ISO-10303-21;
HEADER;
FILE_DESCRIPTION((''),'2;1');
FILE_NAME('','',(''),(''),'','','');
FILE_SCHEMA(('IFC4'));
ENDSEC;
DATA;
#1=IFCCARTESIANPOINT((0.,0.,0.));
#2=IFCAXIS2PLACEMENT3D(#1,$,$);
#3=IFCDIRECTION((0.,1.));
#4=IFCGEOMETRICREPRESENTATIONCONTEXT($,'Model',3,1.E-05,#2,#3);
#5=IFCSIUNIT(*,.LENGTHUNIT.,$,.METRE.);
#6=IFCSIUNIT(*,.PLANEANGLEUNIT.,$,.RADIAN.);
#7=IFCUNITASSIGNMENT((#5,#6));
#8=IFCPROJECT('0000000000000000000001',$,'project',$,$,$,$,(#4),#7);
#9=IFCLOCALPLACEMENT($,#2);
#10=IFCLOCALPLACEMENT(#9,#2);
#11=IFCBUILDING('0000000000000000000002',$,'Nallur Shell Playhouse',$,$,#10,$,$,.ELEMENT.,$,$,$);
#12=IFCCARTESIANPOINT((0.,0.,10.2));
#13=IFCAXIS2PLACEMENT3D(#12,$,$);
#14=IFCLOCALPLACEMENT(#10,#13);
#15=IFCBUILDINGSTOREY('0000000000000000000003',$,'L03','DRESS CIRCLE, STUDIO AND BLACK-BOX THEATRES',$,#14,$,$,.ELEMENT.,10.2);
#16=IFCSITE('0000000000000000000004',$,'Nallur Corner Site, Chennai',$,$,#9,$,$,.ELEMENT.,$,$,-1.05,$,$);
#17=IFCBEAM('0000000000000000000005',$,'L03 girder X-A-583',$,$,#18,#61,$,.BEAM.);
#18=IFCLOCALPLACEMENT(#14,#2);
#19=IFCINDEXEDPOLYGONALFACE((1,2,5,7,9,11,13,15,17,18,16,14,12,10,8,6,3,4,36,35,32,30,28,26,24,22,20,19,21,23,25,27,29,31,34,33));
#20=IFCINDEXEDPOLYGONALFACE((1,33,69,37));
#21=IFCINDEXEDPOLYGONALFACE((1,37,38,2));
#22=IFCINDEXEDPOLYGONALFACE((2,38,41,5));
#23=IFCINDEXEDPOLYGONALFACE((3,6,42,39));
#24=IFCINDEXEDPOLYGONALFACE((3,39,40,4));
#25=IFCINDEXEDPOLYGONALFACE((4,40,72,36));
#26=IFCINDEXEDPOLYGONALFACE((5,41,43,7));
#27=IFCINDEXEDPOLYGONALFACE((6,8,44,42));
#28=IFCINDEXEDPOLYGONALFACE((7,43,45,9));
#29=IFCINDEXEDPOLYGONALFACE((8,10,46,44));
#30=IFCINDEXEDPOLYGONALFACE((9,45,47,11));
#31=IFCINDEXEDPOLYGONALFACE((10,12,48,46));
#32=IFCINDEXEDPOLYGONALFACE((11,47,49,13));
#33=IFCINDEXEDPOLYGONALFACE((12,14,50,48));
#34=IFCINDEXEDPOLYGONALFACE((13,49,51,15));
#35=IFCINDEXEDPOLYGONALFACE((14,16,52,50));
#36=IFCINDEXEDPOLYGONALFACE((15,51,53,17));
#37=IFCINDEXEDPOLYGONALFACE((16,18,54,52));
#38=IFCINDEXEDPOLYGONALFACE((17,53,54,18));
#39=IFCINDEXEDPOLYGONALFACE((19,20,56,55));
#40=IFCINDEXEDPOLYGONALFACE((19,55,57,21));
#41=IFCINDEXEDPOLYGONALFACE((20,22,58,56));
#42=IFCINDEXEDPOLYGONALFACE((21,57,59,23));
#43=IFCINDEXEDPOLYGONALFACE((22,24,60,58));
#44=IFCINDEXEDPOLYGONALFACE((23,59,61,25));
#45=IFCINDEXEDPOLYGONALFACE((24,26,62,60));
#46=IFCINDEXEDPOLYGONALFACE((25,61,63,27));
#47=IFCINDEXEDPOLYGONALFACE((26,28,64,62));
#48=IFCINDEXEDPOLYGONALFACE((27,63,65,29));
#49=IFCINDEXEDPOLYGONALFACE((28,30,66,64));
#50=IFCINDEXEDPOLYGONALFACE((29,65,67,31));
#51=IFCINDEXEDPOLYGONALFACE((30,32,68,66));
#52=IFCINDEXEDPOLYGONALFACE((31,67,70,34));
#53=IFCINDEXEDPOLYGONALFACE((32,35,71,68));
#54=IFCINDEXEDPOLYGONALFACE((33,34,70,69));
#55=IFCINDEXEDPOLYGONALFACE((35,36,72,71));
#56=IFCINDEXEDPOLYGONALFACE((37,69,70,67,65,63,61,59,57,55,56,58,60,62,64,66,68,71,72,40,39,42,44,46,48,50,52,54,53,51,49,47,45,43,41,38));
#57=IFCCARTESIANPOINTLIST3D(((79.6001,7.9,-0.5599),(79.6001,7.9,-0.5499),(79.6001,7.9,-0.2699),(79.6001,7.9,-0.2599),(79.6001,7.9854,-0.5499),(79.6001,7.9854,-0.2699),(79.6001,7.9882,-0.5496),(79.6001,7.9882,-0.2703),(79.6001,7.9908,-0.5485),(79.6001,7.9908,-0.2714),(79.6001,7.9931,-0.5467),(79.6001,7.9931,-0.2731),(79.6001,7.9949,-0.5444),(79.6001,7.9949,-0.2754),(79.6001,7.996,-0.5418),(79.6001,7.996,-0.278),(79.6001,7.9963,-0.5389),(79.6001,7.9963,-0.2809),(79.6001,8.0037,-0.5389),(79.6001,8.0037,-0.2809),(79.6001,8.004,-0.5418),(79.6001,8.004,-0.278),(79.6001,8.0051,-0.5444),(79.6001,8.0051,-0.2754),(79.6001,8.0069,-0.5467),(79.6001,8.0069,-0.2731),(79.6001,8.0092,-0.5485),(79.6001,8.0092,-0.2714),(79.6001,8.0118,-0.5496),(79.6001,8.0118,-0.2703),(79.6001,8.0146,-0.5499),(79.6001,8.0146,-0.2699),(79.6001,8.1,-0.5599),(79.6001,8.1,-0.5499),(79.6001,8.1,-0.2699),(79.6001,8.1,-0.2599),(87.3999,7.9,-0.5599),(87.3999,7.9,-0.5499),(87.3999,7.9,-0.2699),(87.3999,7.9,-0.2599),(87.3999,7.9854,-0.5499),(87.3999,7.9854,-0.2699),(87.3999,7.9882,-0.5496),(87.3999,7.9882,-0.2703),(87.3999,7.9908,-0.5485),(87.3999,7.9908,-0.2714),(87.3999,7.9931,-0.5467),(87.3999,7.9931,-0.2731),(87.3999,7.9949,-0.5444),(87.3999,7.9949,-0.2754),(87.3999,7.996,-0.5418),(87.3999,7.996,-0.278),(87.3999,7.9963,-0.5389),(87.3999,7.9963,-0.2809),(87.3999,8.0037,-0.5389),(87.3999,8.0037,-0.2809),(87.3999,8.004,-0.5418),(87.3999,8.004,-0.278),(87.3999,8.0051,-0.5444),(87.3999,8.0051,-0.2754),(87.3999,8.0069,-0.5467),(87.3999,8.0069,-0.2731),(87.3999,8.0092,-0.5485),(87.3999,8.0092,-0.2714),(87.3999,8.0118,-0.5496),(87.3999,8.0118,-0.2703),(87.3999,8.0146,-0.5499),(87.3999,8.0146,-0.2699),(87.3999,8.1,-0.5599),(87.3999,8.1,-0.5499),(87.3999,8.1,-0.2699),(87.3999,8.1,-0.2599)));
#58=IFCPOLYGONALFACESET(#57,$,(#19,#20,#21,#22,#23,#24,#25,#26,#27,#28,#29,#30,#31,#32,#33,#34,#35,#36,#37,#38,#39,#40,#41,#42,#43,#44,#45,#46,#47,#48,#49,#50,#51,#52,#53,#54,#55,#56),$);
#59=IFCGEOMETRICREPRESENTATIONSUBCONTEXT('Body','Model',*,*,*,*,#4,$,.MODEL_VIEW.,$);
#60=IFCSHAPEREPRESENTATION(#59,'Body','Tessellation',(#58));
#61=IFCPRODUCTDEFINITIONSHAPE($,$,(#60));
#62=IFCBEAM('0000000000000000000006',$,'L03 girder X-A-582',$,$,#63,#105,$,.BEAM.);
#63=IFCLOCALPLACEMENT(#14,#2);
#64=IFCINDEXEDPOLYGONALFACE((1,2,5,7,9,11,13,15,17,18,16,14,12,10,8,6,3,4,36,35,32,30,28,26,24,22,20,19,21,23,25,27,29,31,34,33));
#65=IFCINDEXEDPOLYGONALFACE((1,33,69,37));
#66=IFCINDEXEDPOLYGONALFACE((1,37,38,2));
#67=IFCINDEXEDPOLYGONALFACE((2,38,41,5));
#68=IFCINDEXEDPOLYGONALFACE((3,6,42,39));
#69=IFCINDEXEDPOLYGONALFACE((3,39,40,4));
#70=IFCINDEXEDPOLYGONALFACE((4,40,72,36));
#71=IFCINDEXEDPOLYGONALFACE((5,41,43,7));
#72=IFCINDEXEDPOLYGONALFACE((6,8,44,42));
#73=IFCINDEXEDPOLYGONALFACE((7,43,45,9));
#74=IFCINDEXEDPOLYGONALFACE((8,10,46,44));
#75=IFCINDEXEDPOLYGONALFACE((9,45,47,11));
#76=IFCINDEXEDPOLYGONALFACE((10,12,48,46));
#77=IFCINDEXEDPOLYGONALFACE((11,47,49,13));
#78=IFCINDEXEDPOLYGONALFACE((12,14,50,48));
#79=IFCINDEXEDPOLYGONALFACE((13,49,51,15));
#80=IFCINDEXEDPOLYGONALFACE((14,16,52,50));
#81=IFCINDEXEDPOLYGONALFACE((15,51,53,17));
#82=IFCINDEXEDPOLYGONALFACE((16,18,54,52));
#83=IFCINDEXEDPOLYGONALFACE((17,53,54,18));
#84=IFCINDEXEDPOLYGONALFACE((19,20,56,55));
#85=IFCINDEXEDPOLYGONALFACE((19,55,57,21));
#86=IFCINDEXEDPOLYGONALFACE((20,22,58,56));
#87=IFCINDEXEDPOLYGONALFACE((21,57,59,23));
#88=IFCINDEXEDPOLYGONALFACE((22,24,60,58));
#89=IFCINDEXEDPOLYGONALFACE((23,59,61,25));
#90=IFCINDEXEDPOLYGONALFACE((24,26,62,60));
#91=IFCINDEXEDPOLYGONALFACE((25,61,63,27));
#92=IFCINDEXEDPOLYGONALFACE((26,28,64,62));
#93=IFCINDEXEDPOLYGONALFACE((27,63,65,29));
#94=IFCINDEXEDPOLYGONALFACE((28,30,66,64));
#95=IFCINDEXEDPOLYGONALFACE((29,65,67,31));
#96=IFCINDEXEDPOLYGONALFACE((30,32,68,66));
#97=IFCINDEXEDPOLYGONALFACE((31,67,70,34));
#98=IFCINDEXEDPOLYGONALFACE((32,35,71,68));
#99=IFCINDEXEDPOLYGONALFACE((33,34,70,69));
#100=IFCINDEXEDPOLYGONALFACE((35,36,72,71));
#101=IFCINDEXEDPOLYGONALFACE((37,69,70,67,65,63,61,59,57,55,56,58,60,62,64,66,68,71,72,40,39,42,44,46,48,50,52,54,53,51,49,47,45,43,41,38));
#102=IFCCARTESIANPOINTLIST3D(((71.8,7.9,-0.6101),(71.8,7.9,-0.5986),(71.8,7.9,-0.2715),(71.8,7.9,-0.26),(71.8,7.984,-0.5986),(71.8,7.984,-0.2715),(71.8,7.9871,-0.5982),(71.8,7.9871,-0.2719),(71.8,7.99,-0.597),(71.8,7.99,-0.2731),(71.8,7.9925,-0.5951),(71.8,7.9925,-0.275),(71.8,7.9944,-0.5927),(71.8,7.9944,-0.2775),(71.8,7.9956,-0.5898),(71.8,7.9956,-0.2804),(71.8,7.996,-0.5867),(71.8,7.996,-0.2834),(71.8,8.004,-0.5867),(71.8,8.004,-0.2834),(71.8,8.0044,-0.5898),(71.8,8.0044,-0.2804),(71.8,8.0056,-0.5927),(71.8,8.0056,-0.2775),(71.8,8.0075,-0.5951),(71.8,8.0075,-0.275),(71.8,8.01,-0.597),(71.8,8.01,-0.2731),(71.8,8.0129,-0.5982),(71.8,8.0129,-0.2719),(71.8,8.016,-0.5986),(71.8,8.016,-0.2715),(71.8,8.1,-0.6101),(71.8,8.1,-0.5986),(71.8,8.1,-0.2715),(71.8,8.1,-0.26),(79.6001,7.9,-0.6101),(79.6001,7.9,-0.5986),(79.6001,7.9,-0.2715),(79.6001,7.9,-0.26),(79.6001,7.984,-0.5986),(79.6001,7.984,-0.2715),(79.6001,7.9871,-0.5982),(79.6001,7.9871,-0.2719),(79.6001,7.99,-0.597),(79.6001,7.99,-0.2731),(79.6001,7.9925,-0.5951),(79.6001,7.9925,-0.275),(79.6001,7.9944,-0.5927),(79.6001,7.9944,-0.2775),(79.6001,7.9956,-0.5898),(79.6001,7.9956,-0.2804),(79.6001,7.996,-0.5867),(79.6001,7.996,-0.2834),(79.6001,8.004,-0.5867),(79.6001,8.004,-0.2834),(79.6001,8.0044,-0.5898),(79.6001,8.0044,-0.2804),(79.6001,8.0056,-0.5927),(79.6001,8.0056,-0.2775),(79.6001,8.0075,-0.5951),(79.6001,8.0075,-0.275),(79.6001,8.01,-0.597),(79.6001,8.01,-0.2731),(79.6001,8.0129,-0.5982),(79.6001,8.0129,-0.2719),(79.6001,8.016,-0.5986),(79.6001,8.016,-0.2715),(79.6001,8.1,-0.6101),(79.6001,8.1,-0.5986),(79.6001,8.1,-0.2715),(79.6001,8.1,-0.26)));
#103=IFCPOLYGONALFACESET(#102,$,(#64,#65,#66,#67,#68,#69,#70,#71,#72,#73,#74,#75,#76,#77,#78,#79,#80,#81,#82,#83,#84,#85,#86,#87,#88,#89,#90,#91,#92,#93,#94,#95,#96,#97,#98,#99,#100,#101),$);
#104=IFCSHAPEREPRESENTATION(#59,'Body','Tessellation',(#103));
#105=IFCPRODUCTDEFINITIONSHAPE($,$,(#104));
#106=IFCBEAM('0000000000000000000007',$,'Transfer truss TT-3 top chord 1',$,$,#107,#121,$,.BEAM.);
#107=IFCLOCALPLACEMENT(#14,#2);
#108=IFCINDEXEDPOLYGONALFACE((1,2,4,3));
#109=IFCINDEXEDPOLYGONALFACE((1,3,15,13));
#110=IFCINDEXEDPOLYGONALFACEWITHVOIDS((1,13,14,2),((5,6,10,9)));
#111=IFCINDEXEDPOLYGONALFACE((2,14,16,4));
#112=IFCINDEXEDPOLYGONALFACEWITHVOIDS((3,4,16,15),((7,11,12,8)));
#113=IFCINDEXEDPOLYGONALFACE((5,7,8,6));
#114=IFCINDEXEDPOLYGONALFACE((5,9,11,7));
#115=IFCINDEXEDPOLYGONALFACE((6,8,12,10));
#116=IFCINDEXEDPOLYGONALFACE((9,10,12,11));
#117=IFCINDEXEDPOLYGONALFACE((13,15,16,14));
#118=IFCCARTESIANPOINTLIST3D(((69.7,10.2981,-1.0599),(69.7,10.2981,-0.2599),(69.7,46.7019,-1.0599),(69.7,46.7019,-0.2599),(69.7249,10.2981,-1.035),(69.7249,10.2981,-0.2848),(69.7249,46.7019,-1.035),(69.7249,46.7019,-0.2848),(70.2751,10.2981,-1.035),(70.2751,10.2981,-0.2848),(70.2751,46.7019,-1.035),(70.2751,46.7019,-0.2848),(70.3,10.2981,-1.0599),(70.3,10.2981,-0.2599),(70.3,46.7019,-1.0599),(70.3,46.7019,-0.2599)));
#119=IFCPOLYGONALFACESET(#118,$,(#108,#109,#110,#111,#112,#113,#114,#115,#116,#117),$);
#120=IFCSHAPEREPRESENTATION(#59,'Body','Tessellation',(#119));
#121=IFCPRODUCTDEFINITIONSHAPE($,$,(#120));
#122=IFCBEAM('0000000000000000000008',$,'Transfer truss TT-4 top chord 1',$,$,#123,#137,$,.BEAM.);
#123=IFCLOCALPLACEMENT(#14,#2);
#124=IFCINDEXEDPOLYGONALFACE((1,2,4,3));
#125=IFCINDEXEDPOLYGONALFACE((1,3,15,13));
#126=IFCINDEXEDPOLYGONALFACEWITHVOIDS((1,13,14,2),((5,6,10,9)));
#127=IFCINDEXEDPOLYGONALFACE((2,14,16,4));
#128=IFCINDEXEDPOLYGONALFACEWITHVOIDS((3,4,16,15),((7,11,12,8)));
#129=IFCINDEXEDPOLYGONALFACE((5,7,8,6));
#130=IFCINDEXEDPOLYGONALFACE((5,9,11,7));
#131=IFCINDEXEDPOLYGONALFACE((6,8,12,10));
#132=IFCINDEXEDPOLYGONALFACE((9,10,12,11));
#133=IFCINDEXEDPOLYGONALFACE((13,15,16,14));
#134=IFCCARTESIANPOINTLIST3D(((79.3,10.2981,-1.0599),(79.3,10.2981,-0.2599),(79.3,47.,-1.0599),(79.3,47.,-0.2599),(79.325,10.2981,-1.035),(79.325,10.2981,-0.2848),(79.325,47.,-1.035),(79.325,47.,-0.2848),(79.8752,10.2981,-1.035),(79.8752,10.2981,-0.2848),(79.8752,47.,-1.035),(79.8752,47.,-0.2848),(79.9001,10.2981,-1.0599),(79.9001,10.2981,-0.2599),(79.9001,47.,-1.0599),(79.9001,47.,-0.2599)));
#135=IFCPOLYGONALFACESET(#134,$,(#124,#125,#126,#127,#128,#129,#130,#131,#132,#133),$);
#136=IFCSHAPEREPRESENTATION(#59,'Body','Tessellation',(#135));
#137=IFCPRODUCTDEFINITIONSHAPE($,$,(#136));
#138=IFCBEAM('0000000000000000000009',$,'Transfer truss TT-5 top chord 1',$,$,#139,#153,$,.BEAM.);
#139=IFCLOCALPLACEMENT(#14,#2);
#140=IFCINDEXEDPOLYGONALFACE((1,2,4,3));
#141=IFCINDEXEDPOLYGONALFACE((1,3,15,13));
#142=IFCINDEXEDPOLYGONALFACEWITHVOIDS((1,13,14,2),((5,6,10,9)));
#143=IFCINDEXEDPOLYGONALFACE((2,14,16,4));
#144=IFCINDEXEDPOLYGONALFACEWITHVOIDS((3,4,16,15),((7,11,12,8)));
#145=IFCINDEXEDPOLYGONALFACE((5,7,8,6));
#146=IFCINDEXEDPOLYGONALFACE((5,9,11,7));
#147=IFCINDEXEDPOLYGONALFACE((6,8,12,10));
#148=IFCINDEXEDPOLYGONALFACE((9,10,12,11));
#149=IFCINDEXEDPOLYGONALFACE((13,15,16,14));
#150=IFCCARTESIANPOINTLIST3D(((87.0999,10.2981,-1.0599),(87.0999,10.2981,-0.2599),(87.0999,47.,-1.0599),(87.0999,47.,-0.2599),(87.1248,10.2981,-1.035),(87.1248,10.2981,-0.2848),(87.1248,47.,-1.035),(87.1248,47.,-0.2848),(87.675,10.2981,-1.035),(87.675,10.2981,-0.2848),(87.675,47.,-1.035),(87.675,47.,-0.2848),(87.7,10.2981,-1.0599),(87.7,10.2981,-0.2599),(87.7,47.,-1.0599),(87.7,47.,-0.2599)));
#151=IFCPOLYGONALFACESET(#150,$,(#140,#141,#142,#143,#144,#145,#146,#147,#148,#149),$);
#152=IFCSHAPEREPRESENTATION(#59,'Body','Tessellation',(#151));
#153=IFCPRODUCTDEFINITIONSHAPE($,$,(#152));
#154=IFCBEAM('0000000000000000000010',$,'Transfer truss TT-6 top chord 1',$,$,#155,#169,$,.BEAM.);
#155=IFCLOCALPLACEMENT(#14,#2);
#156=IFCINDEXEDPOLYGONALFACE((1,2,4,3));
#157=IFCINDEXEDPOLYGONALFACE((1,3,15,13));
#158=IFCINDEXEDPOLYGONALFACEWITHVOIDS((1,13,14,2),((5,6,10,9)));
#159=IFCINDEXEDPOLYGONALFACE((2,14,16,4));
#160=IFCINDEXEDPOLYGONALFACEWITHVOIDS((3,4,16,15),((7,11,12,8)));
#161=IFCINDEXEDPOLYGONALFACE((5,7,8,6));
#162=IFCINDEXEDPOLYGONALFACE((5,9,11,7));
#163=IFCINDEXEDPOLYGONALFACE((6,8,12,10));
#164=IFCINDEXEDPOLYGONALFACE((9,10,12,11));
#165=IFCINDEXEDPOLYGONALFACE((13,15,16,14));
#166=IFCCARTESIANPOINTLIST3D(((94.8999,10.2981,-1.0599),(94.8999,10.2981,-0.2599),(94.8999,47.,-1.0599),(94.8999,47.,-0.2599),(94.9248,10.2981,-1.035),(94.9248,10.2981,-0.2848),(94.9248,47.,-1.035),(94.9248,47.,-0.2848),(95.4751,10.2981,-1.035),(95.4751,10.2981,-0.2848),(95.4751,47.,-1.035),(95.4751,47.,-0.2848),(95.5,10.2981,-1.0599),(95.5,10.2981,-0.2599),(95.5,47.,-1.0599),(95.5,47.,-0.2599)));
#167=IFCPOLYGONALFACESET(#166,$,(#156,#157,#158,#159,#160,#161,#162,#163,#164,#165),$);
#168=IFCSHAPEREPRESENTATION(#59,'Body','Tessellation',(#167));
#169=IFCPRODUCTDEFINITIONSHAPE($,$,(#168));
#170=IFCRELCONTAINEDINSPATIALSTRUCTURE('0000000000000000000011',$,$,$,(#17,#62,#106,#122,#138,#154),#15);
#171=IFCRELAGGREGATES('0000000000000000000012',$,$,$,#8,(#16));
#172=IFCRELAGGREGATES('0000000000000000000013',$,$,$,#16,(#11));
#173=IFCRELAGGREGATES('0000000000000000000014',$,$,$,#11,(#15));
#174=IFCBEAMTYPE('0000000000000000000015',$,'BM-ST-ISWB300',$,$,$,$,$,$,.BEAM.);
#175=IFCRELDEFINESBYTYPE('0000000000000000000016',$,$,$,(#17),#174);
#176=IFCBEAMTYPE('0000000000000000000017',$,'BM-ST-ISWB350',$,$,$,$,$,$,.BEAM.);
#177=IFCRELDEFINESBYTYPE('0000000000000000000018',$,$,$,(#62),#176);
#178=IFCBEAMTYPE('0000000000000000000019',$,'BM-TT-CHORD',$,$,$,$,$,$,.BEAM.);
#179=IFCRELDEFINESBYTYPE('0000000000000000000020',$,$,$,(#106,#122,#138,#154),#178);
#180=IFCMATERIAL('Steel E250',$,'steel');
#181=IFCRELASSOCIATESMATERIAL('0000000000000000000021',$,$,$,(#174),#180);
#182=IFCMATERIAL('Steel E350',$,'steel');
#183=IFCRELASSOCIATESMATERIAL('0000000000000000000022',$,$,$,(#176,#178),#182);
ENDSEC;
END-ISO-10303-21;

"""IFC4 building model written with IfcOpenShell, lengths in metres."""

from ifc_helpers import new_model, si_unit, direction, frame, origin, origin_2d, place, context, subcontext, project, spatial, hollow_rectangle, i_section, extrude, material, material_profile, profile_set, type_object, element, save


model = new_model("IFC4")

# Units and contexts
model_context = context("Model", 3, precision=1e-05, world=origin(), true_north=direction((0.0, 1.0)))
body_context = subcontext(model_context, "Body", "Model", "MODEL_VIEW")
ifc_project = project(units=[si_unit("LENGTHUNIT", "METRE"), si_unit("PLANEANGLEUNIT", "RADIAN")], contexts=[model_context])

# Site, building, storey
site_placement = place(None, origin())
site = spatial("IfcSite", under=ifc_project, at=site_placement, Name="Nallur Corner Site, Chennai", CompositionType="ELEMENT", RefElevation=-1.05)
building_placement = place(site_placement, origin())
building = spatial("IfcBuilding", under=site, at=building_placement, Name="Nallur Shell Playhouse", CompositionType="ELEMENT")
storey_placement = place(building_placement, frame((0.0, 0.0, 10.2)))
storey = spatial("IfcBuildingStorey", under=building, at=storey_placement, Name="L03", Description="DRESS CIRCLE, STUDIO AND BLACK-BOX THEATRES", CompositionType="ELEMENT", Elevation=10.2)

# Beams
ifc_material_1 = material(Name="Steel E350", Category="steel")
ifc_material_2 = material(Name="Steel E250", Category="steel")
ifc_material_profile_1 = material_profile(ifc_material_2, i_section(OverallWidth=0.2, OverallDepth=0.3, WebThickness=0.0073, FlangeThickness=0.01, FilletRadius=0.011, at=origin_2d()), Name="ISWB 300")
ifc_profile_set_1 = profile_set([ifc_material_profile_1], Name="Steel E250")
beam_type_1 = type_object("IfcBeamType", Name="BM-ST-ISWB300", PredefinedType="BEAM", material=ifc_profile_set_1)
beam_1_placement = place(storey_placement, frame((79.6001, 8.0, -0.4099), z_axis=(1.0, 0.0, 0.0), x_axis=(0.0, 1.0, 0.0)))
element("IfcBeam", 1, at=beam_1_placement, inside=storey, type_object=beam_type_1, Name="L03 girder X-A-583", PredefinedType="BEAM", context=body_context, shape_type="SweptSolid", body=[
    extrude(i_section(OverallWidth=0.2, OverallDepth=0.3, WebThickness=0.0073, FlangeThickness=0.01, FilletRadius=0.011, at=origin_2d()), origin(), (0.0, 0.0, 1.0), 7.7998),
])
ifc_material_profile_2 = material_profile(ifc_material_1, i_section(OverallWidth=0.2, OverallDepth=0.3501, WebThickness=0.0081, FlangeThickness=0.0115, FilletRadius=0.012, at=origin_2d()), Name="ISWB 350")
ifc_profile_set_2 = profile_set([ifc_material_profile_2], Name="Steel E350")
beam_type_2 = type_object("IfcBeamType", Name="BM-ST-ISWB350", PredefinedType="BEAM", material=ifc_profile_set_2)
beam_2_placement = place(storey_placement, frame((71.8, 8.0, -0.4351), z_axis=(1.0, 0.0, 0.0), x_axis=(0.0, 1.0, 0.0)))
element("IfcBeam", 2, at=beam_2_placement, inside=storey, type_object=beam_type_2, Name="L03 girder X-A-582", PredefinedType="BEAM", context=body_context, shape_type="SweptSolid", body=[
    extrude(i_section(OverallWidth=0.2, OverallDepth=0.3501, WebThickness=0.0081, FlangeThickness=0.0115, FilletRadius=0.012, at=origin_2d()), origin(), (0.0, 0.0, 1.0), 7.8),
])
ifc_material_profile_3 = material_profile(ifc_material_1, hollow_rectangle(XDim=0.6001, YDim=0.8, WallThickness=0.0249, at=origin_2d()), Name="BOX 600x800x25")
ifc_profile_set_3 = profile_set([ifc_material_profile_3], Name="Steel E350")
beam_type_3 = type_object("IfcBeamType", Name="BM-TT-CHORD", PredefinedType="BEAM", material=ifc_profile_set_3)
beam_3_placement = place(storey_placement, frame((70.0, 10.2981, -0.6599), z_axis=(0.0, 1.0, 0.0), x_axis=(-1.0, 0.0, 0.0)))
element("IfcBeam", 3, at=beam_3_placement, inside=storey, type_object=beam_type_3, Name="Transfer truss TT-3 top chord 1", PredefinedType="BEAM", context=body_context, shape_type="SweptSolid", body=[
    extrude(hollow_rectangle(XDim=0.6001, YDim=0.8, WallThickness=0.0249, at=origin_2d()), origin(), (0.0, 0.0, 1.0), 36.4038),
])
for number, where, z_axis, x_axis, name in (
    (4, (79.6001, 10.2981, -0.6599), (0.0, 1.0, 0.0), (-1.0, 0.0, 0.0), "Transfer truss TT-4 top chord 1"),
    (5, (87.3999, 10.2981, -0.6599), (0.0, 1.0, 0.0), (-1.0, 0.0, 0.0), "Transfer truss TT-5 top chord 1"),
    (6, (95.2, 10.2981, -0.6599), (0.0, 1.0, 0.0), (-1.0, 0.0, 0.0), "Transfer truss TT-6 top chord 1"),
):
    element("IfcBeam", number, at=place(storey_placement, frame(where, z_axis=z_axis, x_axis=x_axis)), inside=storey, type_object=beam_type_3, Name=name, PredefinedType="BEAM", context=body_context, shape_type="SweptSolid", body=[
        extrude(hollow_rectangle(XDim=0.6001, YDim=0.8, WallThickness=0.0249, at=origin_2d()), origin(), (0.0, 0.0, 1.0), 36.7019),
    ])

save(model, "model.ifc")
